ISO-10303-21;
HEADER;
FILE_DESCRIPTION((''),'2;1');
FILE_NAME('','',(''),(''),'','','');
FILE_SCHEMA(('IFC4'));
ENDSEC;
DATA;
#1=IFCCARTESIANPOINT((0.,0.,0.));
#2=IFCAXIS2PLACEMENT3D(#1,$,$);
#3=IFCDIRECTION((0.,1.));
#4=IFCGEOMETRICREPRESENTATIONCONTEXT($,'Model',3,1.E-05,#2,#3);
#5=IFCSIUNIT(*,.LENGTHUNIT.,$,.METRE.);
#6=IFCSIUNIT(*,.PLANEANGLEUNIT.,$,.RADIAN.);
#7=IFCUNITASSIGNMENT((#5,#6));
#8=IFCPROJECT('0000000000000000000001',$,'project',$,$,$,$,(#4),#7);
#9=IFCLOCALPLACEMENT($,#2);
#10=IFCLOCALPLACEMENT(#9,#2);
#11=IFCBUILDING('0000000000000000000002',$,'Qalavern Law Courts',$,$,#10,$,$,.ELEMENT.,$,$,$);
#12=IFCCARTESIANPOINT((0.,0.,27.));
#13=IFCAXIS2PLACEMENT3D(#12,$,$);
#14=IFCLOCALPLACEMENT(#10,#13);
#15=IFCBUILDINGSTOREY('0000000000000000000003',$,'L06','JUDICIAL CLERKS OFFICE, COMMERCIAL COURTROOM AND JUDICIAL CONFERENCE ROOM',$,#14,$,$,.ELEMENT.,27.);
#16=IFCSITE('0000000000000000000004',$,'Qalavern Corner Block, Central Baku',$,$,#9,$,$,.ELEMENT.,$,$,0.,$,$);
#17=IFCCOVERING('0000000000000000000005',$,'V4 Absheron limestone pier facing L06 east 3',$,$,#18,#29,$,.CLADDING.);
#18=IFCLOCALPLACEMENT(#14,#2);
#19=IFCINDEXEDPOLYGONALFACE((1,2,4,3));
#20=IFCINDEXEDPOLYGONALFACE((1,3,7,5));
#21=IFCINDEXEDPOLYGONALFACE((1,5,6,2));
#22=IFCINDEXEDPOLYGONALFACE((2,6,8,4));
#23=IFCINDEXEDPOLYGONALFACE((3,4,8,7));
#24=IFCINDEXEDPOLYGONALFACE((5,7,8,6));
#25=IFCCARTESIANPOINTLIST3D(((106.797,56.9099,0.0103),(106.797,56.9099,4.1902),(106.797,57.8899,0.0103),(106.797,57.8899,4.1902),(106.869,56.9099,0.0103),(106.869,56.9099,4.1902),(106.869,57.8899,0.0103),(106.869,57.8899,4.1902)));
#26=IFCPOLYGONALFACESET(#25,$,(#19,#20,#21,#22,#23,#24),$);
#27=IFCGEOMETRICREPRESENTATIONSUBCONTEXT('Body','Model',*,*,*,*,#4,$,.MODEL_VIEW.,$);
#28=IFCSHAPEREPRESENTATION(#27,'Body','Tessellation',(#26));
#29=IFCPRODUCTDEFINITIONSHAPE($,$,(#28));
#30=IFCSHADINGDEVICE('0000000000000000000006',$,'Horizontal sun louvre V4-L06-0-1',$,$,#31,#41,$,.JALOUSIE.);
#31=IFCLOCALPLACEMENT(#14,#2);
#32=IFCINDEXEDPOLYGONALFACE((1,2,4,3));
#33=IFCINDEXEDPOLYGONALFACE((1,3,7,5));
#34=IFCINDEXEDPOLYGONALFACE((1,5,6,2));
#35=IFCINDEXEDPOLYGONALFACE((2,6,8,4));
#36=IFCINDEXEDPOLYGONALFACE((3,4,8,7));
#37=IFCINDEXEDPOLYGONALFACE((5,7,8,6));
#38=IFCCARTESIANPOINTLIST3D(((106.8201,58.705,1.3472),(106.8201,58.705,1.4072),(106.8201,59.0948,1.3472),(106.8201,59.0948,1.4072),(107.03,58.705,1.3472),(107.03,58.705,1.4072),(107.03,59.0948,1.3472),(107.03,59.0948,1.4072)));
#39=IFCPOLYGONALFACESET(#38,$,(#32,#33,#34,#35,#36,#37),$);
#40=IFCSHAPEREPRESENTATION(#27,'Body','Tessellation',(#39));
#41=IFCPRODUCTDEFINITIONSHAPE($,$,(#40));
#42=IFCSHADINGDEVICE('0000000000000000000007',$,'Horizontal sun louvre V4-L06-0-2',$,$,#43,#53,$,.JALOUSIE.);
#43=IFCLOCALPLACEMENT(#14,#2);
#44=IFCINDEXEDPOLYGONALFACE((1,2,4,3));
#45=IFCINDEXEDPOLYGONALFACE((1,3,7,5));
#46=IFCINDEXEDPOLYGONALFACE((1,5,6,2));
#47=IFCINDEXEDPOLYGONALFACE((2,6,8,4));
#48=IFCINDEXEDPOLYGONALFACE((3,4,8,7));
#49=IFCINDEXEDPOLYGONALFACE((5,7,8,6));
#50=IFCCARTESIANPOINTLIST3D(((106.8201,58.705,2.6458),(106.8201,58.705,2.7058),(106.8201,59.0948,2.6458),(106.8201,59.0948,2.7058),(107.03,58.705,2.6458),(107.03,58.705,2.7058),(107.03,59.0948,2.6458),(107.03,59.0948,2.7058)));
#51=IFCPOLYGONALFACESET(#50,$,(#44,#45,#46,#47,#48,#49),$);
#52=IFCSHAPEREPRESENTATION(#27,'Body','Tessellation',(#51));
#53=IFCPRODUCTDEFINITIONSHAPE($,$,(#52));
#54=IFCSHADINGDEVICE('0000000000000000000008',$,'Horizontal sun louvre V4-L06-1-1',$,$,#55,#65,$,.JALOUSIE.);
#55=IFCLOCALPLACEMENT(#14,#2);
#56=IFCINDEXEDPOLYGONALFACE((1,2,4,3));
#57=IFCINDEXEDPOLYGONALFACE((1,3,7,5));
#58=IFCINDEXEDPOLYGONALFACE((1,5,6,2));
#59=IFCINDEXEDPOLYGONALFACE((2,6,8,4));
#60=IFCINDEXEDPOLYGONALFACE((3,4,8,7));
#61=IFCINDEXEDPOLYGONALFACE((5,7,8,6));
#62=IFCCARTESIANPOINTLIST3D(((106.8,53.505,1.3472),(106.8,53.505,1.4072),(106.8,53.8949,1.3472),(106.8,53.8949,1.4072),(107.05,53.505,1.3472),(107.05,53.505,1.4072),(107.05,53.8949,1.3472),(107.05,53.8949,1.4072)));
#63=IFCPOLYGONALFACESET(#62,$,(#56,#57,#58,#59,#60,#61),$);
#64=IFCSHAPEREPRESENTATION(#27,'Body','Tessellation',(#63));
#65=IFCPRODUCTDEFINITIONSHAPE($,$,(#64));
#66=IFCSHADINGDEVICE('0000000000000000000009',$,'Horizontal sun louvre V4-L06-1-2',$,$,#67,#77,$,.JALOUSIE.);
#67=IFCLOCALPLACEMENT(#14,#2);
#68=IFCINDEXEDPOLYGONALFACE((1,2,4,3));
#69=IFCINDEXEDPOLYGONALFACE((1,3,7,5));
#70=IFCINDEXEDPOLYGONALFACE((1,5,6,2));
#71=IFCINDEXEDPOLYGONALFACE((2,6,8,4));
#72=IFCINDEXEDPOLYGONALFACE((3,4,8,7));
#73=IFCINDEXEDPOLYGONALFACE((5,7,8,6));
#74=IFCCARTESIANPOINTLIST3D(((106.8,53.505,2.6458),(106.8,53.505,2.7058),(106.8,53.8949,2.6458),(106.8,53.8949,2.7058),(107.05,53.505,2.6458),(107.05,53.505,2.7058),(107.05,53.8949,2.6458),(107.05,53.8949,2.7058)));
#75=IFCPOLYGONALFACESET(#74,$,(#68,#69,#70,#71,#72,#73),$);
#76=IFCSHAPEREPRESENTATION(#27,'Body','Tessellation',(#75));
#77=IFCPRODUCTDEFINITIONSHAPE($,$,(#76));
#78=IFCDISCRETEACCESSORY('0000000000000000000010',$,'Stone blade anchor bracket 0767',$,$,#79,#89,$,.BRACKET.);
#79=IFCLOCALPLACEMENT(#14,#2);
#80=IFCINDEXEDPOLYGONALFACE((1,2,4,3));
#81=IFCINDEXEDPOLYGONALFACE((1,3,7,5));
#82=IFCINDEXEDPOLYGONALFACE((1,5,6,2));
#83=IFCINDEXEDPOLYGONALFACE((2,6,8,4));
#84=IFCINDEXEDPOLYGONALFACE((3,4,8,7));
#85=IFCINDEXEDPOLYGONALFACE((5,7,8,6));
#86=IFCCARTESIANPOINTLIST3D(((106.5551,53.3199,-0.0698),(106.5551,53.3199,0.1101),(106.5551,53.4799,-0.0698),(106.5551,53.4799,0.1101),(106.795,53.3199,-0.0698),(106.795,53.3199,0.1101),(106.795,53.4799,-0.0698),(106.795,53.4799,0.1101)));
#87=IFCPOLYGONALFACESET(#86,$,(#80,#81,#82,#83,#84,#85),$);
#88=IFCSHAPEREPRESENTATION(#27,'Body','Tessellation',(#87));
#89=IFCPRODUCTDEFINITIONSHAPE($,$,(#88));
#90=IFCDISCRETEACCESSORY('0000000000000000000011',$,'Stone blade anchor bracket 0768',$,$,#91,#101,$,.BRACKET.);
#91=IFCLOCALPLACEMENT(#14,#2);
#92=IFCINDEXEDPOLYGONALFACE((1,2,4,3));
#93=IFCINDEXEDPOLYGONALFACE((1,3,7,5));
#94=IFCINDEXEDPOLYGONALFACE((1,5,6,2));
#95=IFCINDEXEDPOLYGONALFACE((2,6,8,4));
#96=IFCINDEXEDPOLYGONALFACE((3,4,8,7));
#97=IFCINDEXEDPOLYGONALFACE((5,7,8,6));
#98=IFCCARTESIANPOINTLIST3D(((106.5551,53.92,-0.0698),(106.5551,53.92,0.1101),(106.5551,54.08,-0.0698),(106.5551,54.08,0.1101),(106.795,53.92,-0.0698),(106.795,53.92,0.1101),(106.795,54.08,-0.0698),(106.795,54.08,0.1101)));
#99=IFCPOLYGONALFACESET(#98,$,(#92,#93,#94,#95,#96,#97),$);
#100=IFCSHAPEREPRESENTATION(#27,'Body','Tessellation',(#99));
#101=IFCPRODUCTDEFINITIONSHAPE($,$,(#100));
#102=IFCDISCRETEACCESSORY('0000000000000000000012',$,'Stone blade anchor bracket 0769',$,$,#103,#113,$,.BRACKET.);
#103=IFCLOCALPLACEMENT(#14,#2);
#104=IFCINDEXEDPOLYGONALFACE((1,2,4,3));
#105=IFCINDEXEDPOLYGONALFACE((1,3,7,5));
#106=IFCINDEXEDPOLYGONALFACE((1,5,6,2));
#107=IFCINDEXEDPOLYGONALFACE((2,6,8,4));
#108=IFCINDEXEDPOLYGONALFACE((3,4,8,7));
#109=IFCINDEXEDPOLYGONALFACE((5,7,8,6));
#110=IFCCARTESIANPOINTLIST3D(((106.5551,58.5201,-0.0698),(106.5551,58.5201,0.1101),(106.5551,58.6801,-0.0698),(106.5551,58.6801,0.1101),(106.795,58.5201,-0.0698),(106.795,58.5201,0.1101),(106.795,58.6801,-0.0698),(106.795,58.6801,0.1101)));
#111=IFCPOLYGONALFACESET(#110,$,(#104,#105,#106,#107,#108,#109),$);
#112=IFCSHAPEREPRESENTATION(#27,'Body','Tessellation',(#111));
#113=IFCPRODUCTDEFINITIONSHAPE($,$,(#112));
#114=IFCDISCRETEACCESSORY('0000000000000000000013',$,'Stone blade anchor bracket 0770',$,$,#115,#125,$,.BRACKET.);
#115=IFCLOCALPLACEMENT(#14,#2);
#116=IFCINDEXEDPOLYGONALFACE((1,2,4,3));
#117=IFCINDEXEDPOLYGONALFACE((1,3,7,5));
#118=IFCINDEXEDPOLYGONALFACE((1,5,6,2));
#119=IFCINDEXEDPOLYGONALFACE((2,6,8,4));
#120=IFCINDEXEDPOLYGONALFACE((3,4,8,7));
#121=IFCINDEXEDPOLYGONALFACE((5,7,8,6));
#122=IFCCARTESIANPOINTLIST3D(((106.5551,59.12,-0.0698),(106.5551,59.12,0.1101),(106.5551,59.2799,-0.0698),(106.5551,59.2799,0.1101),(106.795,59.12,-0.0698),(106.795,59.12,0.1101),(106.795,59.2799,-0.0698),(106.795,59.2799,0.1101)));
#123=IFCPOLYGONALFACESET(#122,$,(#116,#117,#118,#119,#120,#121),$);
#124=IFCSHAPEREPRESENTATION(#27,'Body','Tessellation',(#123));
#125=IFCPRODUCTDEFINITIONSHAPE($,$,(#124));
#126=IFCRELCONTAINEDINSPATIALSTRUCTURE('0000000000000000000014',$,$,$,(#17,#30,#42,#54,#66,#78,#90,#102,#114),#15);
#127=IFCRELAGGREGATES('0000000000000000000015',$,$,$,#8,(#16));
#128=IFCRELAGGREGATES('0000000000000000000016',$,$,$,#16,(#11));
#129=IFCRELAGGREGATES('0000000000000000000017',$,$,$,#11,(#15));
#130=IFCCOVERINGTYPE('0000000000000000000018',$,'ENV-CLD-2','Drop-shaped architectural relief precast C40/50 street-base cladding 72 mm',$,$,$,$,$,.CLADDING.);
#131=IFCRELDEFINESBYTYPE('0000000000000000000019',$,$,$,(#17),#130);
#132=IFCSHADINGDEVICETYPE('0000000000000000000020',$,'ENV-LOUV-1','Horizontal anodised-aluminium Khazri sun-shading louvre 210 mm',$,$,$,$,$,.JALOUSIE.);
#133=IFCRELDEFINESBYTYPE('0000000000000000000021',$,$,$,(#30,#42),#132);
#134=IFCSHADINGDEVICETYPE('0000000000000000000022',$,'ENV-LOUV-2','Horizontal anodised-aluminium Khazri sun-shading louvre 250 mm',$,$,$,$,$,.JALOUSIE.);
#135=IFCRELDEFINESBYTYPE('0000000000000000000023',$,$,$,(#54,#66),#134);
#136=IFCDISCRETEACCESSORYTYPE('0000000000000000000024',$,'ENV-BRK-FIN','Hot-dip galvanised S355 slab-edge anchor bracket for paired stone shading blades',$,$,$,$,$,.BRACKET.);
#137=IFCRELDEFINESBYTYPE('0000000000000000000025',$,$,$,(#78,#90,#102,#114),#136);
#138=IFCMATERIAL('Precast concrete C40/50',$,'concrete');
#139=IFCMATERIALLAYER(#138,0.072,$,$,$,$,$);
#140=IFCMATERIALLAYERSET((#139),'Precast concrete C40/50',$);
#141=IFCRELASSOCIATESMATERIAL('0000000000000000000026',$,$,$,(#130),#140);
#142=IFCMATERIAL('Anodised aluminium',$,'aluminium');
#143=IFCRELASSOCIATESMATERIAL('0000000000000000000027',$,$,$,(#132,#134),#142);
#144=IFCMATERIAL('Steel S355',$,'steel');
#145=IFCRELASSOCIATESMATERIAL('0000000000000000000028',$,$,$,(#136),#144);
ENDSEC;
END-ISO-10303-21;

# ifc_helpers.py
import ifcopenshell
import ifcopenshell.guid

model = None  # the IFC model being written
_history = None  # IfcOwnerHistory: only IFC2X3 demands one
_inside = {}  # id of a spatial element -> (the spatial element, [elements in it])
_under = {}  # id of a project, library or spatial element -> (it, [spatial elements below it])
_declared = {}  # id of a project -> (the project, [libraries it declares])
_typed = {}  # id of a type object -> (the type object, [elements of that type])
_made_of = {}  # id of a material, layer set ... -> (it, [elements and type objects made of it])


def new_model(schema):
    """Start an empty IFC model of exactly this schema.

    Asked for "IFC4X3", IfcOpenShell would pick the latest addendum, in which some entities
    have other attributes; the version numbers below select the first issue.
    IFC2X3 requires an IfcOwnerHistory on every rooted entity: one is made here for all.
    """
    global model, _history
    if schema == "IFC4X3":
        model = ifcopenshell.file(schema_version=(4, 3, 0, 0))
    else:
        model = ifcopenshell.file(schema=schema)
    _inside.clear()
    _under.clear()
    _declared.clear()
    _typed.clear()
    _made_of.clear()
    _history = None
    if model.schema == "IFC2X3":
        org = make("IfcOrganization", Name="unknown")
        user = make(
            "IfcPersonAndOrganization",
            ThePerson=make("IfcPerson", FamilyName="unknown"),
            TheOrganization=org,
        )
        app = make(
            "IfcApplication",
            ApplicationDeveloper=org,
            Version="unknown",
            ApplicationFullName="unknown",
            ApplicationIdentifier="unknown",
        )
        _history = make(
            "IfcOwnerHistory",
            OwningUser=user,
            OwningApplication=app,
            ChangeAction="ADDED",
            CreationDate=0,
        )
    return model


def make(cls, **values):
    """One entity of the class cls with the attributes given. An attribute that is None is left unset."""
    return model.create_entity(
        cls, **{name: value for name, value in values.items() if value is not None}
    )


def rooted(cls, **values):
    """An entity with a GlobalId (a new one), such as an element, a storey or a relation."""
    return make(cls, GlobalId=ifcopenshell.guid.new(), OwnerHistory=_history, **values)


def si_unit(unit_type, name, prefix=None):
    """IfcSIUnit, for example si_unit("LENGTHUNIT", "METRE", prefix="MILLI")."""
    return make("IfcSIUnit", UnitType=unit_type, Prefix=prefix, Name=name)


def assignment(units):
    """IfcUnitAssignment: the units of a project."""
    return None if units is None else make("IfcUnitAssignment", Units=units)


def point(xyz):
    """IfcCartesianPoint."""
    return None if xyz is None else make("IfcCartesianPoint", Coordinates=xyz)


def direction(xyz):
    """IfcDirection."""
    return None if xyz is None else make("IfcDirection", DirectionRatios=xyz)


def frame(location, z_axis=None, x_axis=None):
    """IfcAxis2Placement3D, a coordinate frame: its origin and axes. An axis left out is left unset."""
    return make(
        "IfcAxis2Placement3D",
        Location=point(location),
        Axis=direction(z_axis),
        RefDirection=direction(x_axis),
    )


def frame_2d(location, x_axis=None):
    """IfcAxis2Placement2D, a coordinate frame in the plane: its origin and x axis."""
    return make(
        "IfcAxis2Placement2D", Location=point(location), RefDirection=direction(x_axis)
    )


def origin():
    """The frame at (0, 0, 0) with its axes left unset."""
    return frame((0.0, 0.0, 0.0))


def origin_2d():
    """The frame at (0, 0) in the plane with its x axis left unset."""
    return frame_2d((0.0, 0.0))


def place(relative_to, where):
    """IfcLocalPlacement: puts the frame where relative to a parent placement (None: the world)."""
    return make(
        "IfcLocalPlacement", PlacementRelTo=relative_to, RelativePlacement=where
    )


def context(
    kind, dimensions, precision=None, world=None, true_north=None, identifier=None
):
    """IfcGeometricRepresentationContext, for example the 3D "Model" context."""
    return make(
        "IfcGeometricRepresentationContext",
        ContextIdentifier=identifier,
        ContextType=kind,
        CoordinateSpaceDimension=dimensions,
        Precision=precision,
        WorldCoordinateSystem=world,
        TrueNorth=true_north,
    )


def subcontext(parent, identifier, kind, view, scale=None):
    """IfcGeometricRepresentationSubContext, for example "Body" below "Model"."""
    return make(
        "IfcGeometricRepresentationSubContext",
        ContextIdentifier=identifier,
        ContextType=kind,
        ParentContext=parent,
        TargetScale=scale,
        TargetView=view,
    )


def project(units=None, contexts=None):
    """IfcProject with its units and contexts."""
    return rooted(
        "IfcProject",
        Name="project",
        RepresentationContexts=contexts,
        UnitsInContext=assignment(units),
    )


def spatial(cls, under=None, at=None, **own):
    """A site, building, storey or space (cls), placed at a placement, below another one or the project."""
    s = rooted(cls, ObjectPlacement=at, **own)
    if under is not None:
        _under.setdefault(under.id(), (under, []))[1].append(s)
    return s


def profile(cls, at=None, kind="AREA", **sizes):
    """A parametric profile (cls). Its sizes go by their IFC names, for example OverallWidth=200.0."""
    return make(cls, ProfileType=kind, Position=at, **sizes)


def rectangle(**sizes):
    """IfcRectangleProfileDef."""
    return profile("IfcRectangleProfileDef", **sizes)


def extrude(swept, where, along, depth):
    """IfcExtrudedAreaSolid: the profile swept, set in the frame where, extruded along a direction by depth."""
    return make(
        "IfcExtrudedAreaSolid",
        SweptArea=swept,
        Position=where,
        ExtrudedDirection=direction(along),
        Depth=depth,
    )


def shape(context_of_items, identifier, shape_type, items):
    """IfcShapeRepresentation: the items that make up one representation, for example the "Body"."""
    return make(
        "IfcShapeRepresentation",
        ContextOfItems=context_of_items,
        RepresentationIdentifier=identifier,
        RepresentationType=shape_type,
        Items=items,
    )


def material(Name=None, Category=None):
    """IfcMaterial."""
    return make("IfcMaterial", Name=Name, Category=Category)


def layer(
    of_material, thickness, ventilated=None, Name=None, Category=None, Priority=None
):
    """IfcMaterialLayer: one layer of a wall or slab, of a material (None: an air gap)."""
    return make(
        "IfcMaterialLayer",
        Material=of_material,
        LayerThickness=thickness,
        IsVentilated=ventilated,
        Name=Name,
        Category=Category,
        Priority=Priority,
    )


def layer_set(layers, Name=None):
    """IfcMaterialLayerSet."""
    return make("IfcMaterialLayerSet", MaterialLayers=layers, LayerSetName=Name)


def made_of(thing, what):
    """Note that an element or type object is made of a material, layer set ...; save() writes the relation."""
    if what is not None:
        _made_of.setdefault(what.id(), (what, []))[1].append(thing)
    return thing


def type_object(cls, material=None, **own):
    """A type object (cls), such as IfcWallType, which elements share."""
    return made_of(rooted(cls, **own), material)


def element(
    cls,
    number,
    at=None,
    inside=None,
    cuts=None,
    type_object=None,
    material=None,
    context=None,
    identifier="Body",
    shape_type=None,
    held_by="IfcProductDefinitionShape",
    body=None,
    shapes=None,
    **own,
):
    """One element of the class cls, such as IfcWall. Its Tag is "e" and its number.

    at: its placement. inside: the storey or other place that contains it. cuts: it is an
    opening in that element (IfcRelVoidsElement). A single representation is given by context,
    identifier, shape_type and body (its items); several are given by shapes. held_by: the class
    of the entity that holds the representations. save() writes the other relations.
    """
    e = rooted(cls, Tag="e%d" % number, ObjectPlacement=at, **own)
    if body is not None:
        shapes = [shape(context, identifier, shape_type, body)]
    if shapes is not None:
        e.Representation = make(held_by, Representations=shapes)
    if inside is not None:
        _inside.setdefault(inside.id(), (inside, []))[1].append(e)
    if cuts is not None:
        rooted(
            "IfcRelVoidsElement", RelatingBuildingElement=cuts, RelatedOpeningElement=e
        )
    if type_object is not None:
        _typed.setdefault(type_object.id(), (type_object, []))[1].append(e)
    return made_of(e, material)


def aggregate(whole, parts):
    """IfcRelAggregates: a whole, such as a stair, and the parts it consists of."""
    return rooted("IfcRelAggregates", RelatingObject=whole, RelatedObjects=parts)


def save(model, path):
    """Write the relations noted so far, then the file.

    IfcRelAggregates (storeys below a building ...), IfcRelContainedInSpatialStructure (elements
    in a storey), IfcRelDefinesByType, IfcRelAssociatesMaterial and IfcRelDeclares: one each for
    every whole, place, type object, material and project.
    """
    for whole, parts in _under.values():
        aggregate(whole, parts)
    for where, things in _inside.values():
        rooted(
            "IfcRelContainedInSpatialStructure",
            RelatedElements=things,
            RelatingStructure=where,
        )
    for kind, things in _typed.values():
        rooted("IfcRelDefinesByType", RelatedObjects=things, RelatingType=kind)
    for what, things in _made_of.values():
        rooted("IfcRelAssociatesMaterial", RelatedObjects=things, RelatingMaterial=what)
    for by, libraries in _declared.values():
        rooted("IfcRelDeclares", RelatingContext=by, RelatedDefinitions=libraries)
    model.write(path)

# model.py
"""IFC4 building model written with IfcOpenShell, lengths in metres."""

from ifc_helpers import new_model, si_unit, direction, frame, origin, origin_2d, place, context, subcontext, project, spatial, rectangle, extrude, material, layer, layer_set, type_object, element, save


model = new_model("IFC4")

# Units and contexts
model_context = context("Model", 3, precision=1e-05, world=origin(), true_north=direction((0.0, 1.0)))
body_context = subcontext(model_context, "Body", "Model", "MODEL_VIEW")
ifc_project = project(units=[si_unit("LENGTHUNIT", "METRE"), si_unit("PLANEANGLEUNIT", "RADIAN")], contexts=[model_context])

# Site, building, storey
site_placement = place(None, origin())
site = spatial("IfcSite", under=ifc_project, at=site_placement, Name="Qalavern Corner Block, Central Baku", CompositionType="ELEMENT", RefElevation=0.0)
building_placement = place(site_placement, origin())
building = spatial("IfcBuilding", under=site, at=building_placement, Name="Qalavern Law Courts", CompositionType="ELEMENT")
storey_placement = place(building_placement, frame((0.0, 0.0, 27.0)))
storey = spatial("IfcBuildingStorey", under=building, at=storey_placement, Name="L06", Description="JUDICIAL CLERKS OFFICE, COMMERCIAL COURTROOM AND JUDICIAL CONFERENCE ROOM", CompositionType="ELEMENT", Elevation=27.0)

# Shared definitions
ifc_material_1 = material(Name="Anodised aluminium", Category="aluminium")

# Covering
ifc_material_2 = material(Name="Precast concrete C40/50", Category="concrete")
ifc_layer_1 = layer(ifc_material_2, 0.072)
ifc_layer_set_1 = layer_set([ifc_layer_1], Name="Precast concrete C40/50")
covering_type_1 = type_object("IfcCoveringType", Name="ENV-CLD-2", Description="Drop-shaped architectural relief precast C40/50 street-base cladding 72 mm", PredefinedType="CLADDING", material=ifc_layer_set_1)
covering_placement = place(storey_placement, frame((106.833, 57.3999, 0.0103), z_axis=(0.0, 0.0, 1.0), x_axis=(0.0, 1.0, 0.0)))
element("IfcCovering", 1, at=covering_placement, inside=storey, type_object=covering_type_1, Name="V4 Absheron limestone pier facing L06 east 3", PredefinedType="CLADDING", context=body_context, shape_type="SweptSolid", body=[
    extrude(rectangle(XDim=0.98, YDim=0.072, at=origin_2d()), origin(), (0.0, 0.0, 1.0), 4.1799),
])

# Shading devices
shading_device_type_1 = type_object("IfcShadingDeviceType", Name="ENV-LOUV-1", Description="Horizontal anodised-aluminium Khazri sun-shading louvre 210 mm", PredefinedType="JALOUSIE", material=ifc_material_1)
for number, where, z_axis, x_axis, name in (
    (2, (106.925, 58.8999, 1.3472), (0.0, 0.0, 1.0), (0.0, 1.0, 0.0), "Horizontal sun louvre V4-L06-0-1"),
    (3, (106.925, 58.8999, 2.6458), (0.0, 0.0, 1.0), (0.0, 1.0, 0.0), "Horizontal sun louvre V4-L06-0-2"),
):
    element("IfcShadingDevice", number, at=place(storey_placement, frame(where, z_axis=z_axis, x_axis=x_axis)), inside=storey, type_object=shading_device_type_1, Name=name, PredefinedType="JALOUSIE", context=body_context, shape_type="SweptSolid", body=[
        extrude(rectangle(XDim=0.3899, YDim=0.21, at=origin_2d()), origin(), (0.0, 0.0, 1.0), 0.0601),
    ])
shading_device_type_2 = type_object("IfcShadingDeviceType", Name="ENV-LOUV-2", Description="Horizontal anodised-aluminium Khazri sun-shading louvre 250 mm", PredefinedType="JALOUSIE", material=ifc_material_1)
for number, where, z_axis, x_axis, name in (
    (4, (106.925, 53.7, 1.3472), (0.0, 0.0, 1.0), (0.0, 1.0, 0.0), "Horizontal sun louvre V4-L06-1-1"),
    (5, (106.925, 53.7, 2.6458), (0.0, 0.0, 1.0), (0.0, 1.0, 0.0), "Horizontal sun louvre V4-L06-1-2"),
):
    element("IfcShadingDevice", number, at=place(storey_placement, frame(where, z_axis=z_axis, x_axis=x_axis)), inside=storey, type_object=shading_device_type_2, Name=name, PredefinedType="JALOUSIE", context=body_context, shape_type="SweptSolid", body=[
        extrude(rectangle(XDim=0.3899, YDim=0.25, at=origin_2d()), origin(), (0.0, 0.0, 1.0), 0.0601),
    ])

# Discrete accessories
ifc_material_3 = material(Name="Steel S355", Category="steel")
discrete_accessory_type = type_object("IfcDiscreteAccessoryType", Name="ENV-BRK-FIN", Description="Hot-dip galvanised S355 slab-edge anchor bracket for paired stone shading blades", PredefinedType="BRACKET", material=ifc_material_3)
for number, where, z_axis, x_axis, name in (
    (6, (106.675, 53.3999, -0.0698), (0.0, 0.0, 1.0), (1.0, 0.0, 0.0), "Stone blade anchor bracket 0767"),
    (7, (106.675, 54.0, -0.0698), (0.0, 0.0, 1.0), (1.0, 0.0, 0.0), "Stone blade anchor bracket 0768"),
    (8, (106.675, 58.6001, -0.0698), (0.0, 0.0, 1.0), (1.0, 0.0, 0.0), "Stone blade anchor bracket 0769"),
    (9, (106.675, 59.2, -0.0698), (0.0, 0.0, 1.0), (1.0, 0.0, 0.0), "Stone blade anchor bracket 0770"),
):
    element("IfcDiscreteAccessory", number, at=place(storey_placement, frame(where, z_axis=z_axis, x_axis=x_axis)), inside=storey, type_object=discrete_accessory_type, Name=name, PredefinedType="BRACKET", context=body_context, shape_type="SweptSolid", body=[
        extrude(rectangle(XDim=0.24, YDim=0.1599, at=origin_2d()), origin(), (0.0, 0.0, 1.0), 0.1799),
    ])

save(model, "model.ifc")
